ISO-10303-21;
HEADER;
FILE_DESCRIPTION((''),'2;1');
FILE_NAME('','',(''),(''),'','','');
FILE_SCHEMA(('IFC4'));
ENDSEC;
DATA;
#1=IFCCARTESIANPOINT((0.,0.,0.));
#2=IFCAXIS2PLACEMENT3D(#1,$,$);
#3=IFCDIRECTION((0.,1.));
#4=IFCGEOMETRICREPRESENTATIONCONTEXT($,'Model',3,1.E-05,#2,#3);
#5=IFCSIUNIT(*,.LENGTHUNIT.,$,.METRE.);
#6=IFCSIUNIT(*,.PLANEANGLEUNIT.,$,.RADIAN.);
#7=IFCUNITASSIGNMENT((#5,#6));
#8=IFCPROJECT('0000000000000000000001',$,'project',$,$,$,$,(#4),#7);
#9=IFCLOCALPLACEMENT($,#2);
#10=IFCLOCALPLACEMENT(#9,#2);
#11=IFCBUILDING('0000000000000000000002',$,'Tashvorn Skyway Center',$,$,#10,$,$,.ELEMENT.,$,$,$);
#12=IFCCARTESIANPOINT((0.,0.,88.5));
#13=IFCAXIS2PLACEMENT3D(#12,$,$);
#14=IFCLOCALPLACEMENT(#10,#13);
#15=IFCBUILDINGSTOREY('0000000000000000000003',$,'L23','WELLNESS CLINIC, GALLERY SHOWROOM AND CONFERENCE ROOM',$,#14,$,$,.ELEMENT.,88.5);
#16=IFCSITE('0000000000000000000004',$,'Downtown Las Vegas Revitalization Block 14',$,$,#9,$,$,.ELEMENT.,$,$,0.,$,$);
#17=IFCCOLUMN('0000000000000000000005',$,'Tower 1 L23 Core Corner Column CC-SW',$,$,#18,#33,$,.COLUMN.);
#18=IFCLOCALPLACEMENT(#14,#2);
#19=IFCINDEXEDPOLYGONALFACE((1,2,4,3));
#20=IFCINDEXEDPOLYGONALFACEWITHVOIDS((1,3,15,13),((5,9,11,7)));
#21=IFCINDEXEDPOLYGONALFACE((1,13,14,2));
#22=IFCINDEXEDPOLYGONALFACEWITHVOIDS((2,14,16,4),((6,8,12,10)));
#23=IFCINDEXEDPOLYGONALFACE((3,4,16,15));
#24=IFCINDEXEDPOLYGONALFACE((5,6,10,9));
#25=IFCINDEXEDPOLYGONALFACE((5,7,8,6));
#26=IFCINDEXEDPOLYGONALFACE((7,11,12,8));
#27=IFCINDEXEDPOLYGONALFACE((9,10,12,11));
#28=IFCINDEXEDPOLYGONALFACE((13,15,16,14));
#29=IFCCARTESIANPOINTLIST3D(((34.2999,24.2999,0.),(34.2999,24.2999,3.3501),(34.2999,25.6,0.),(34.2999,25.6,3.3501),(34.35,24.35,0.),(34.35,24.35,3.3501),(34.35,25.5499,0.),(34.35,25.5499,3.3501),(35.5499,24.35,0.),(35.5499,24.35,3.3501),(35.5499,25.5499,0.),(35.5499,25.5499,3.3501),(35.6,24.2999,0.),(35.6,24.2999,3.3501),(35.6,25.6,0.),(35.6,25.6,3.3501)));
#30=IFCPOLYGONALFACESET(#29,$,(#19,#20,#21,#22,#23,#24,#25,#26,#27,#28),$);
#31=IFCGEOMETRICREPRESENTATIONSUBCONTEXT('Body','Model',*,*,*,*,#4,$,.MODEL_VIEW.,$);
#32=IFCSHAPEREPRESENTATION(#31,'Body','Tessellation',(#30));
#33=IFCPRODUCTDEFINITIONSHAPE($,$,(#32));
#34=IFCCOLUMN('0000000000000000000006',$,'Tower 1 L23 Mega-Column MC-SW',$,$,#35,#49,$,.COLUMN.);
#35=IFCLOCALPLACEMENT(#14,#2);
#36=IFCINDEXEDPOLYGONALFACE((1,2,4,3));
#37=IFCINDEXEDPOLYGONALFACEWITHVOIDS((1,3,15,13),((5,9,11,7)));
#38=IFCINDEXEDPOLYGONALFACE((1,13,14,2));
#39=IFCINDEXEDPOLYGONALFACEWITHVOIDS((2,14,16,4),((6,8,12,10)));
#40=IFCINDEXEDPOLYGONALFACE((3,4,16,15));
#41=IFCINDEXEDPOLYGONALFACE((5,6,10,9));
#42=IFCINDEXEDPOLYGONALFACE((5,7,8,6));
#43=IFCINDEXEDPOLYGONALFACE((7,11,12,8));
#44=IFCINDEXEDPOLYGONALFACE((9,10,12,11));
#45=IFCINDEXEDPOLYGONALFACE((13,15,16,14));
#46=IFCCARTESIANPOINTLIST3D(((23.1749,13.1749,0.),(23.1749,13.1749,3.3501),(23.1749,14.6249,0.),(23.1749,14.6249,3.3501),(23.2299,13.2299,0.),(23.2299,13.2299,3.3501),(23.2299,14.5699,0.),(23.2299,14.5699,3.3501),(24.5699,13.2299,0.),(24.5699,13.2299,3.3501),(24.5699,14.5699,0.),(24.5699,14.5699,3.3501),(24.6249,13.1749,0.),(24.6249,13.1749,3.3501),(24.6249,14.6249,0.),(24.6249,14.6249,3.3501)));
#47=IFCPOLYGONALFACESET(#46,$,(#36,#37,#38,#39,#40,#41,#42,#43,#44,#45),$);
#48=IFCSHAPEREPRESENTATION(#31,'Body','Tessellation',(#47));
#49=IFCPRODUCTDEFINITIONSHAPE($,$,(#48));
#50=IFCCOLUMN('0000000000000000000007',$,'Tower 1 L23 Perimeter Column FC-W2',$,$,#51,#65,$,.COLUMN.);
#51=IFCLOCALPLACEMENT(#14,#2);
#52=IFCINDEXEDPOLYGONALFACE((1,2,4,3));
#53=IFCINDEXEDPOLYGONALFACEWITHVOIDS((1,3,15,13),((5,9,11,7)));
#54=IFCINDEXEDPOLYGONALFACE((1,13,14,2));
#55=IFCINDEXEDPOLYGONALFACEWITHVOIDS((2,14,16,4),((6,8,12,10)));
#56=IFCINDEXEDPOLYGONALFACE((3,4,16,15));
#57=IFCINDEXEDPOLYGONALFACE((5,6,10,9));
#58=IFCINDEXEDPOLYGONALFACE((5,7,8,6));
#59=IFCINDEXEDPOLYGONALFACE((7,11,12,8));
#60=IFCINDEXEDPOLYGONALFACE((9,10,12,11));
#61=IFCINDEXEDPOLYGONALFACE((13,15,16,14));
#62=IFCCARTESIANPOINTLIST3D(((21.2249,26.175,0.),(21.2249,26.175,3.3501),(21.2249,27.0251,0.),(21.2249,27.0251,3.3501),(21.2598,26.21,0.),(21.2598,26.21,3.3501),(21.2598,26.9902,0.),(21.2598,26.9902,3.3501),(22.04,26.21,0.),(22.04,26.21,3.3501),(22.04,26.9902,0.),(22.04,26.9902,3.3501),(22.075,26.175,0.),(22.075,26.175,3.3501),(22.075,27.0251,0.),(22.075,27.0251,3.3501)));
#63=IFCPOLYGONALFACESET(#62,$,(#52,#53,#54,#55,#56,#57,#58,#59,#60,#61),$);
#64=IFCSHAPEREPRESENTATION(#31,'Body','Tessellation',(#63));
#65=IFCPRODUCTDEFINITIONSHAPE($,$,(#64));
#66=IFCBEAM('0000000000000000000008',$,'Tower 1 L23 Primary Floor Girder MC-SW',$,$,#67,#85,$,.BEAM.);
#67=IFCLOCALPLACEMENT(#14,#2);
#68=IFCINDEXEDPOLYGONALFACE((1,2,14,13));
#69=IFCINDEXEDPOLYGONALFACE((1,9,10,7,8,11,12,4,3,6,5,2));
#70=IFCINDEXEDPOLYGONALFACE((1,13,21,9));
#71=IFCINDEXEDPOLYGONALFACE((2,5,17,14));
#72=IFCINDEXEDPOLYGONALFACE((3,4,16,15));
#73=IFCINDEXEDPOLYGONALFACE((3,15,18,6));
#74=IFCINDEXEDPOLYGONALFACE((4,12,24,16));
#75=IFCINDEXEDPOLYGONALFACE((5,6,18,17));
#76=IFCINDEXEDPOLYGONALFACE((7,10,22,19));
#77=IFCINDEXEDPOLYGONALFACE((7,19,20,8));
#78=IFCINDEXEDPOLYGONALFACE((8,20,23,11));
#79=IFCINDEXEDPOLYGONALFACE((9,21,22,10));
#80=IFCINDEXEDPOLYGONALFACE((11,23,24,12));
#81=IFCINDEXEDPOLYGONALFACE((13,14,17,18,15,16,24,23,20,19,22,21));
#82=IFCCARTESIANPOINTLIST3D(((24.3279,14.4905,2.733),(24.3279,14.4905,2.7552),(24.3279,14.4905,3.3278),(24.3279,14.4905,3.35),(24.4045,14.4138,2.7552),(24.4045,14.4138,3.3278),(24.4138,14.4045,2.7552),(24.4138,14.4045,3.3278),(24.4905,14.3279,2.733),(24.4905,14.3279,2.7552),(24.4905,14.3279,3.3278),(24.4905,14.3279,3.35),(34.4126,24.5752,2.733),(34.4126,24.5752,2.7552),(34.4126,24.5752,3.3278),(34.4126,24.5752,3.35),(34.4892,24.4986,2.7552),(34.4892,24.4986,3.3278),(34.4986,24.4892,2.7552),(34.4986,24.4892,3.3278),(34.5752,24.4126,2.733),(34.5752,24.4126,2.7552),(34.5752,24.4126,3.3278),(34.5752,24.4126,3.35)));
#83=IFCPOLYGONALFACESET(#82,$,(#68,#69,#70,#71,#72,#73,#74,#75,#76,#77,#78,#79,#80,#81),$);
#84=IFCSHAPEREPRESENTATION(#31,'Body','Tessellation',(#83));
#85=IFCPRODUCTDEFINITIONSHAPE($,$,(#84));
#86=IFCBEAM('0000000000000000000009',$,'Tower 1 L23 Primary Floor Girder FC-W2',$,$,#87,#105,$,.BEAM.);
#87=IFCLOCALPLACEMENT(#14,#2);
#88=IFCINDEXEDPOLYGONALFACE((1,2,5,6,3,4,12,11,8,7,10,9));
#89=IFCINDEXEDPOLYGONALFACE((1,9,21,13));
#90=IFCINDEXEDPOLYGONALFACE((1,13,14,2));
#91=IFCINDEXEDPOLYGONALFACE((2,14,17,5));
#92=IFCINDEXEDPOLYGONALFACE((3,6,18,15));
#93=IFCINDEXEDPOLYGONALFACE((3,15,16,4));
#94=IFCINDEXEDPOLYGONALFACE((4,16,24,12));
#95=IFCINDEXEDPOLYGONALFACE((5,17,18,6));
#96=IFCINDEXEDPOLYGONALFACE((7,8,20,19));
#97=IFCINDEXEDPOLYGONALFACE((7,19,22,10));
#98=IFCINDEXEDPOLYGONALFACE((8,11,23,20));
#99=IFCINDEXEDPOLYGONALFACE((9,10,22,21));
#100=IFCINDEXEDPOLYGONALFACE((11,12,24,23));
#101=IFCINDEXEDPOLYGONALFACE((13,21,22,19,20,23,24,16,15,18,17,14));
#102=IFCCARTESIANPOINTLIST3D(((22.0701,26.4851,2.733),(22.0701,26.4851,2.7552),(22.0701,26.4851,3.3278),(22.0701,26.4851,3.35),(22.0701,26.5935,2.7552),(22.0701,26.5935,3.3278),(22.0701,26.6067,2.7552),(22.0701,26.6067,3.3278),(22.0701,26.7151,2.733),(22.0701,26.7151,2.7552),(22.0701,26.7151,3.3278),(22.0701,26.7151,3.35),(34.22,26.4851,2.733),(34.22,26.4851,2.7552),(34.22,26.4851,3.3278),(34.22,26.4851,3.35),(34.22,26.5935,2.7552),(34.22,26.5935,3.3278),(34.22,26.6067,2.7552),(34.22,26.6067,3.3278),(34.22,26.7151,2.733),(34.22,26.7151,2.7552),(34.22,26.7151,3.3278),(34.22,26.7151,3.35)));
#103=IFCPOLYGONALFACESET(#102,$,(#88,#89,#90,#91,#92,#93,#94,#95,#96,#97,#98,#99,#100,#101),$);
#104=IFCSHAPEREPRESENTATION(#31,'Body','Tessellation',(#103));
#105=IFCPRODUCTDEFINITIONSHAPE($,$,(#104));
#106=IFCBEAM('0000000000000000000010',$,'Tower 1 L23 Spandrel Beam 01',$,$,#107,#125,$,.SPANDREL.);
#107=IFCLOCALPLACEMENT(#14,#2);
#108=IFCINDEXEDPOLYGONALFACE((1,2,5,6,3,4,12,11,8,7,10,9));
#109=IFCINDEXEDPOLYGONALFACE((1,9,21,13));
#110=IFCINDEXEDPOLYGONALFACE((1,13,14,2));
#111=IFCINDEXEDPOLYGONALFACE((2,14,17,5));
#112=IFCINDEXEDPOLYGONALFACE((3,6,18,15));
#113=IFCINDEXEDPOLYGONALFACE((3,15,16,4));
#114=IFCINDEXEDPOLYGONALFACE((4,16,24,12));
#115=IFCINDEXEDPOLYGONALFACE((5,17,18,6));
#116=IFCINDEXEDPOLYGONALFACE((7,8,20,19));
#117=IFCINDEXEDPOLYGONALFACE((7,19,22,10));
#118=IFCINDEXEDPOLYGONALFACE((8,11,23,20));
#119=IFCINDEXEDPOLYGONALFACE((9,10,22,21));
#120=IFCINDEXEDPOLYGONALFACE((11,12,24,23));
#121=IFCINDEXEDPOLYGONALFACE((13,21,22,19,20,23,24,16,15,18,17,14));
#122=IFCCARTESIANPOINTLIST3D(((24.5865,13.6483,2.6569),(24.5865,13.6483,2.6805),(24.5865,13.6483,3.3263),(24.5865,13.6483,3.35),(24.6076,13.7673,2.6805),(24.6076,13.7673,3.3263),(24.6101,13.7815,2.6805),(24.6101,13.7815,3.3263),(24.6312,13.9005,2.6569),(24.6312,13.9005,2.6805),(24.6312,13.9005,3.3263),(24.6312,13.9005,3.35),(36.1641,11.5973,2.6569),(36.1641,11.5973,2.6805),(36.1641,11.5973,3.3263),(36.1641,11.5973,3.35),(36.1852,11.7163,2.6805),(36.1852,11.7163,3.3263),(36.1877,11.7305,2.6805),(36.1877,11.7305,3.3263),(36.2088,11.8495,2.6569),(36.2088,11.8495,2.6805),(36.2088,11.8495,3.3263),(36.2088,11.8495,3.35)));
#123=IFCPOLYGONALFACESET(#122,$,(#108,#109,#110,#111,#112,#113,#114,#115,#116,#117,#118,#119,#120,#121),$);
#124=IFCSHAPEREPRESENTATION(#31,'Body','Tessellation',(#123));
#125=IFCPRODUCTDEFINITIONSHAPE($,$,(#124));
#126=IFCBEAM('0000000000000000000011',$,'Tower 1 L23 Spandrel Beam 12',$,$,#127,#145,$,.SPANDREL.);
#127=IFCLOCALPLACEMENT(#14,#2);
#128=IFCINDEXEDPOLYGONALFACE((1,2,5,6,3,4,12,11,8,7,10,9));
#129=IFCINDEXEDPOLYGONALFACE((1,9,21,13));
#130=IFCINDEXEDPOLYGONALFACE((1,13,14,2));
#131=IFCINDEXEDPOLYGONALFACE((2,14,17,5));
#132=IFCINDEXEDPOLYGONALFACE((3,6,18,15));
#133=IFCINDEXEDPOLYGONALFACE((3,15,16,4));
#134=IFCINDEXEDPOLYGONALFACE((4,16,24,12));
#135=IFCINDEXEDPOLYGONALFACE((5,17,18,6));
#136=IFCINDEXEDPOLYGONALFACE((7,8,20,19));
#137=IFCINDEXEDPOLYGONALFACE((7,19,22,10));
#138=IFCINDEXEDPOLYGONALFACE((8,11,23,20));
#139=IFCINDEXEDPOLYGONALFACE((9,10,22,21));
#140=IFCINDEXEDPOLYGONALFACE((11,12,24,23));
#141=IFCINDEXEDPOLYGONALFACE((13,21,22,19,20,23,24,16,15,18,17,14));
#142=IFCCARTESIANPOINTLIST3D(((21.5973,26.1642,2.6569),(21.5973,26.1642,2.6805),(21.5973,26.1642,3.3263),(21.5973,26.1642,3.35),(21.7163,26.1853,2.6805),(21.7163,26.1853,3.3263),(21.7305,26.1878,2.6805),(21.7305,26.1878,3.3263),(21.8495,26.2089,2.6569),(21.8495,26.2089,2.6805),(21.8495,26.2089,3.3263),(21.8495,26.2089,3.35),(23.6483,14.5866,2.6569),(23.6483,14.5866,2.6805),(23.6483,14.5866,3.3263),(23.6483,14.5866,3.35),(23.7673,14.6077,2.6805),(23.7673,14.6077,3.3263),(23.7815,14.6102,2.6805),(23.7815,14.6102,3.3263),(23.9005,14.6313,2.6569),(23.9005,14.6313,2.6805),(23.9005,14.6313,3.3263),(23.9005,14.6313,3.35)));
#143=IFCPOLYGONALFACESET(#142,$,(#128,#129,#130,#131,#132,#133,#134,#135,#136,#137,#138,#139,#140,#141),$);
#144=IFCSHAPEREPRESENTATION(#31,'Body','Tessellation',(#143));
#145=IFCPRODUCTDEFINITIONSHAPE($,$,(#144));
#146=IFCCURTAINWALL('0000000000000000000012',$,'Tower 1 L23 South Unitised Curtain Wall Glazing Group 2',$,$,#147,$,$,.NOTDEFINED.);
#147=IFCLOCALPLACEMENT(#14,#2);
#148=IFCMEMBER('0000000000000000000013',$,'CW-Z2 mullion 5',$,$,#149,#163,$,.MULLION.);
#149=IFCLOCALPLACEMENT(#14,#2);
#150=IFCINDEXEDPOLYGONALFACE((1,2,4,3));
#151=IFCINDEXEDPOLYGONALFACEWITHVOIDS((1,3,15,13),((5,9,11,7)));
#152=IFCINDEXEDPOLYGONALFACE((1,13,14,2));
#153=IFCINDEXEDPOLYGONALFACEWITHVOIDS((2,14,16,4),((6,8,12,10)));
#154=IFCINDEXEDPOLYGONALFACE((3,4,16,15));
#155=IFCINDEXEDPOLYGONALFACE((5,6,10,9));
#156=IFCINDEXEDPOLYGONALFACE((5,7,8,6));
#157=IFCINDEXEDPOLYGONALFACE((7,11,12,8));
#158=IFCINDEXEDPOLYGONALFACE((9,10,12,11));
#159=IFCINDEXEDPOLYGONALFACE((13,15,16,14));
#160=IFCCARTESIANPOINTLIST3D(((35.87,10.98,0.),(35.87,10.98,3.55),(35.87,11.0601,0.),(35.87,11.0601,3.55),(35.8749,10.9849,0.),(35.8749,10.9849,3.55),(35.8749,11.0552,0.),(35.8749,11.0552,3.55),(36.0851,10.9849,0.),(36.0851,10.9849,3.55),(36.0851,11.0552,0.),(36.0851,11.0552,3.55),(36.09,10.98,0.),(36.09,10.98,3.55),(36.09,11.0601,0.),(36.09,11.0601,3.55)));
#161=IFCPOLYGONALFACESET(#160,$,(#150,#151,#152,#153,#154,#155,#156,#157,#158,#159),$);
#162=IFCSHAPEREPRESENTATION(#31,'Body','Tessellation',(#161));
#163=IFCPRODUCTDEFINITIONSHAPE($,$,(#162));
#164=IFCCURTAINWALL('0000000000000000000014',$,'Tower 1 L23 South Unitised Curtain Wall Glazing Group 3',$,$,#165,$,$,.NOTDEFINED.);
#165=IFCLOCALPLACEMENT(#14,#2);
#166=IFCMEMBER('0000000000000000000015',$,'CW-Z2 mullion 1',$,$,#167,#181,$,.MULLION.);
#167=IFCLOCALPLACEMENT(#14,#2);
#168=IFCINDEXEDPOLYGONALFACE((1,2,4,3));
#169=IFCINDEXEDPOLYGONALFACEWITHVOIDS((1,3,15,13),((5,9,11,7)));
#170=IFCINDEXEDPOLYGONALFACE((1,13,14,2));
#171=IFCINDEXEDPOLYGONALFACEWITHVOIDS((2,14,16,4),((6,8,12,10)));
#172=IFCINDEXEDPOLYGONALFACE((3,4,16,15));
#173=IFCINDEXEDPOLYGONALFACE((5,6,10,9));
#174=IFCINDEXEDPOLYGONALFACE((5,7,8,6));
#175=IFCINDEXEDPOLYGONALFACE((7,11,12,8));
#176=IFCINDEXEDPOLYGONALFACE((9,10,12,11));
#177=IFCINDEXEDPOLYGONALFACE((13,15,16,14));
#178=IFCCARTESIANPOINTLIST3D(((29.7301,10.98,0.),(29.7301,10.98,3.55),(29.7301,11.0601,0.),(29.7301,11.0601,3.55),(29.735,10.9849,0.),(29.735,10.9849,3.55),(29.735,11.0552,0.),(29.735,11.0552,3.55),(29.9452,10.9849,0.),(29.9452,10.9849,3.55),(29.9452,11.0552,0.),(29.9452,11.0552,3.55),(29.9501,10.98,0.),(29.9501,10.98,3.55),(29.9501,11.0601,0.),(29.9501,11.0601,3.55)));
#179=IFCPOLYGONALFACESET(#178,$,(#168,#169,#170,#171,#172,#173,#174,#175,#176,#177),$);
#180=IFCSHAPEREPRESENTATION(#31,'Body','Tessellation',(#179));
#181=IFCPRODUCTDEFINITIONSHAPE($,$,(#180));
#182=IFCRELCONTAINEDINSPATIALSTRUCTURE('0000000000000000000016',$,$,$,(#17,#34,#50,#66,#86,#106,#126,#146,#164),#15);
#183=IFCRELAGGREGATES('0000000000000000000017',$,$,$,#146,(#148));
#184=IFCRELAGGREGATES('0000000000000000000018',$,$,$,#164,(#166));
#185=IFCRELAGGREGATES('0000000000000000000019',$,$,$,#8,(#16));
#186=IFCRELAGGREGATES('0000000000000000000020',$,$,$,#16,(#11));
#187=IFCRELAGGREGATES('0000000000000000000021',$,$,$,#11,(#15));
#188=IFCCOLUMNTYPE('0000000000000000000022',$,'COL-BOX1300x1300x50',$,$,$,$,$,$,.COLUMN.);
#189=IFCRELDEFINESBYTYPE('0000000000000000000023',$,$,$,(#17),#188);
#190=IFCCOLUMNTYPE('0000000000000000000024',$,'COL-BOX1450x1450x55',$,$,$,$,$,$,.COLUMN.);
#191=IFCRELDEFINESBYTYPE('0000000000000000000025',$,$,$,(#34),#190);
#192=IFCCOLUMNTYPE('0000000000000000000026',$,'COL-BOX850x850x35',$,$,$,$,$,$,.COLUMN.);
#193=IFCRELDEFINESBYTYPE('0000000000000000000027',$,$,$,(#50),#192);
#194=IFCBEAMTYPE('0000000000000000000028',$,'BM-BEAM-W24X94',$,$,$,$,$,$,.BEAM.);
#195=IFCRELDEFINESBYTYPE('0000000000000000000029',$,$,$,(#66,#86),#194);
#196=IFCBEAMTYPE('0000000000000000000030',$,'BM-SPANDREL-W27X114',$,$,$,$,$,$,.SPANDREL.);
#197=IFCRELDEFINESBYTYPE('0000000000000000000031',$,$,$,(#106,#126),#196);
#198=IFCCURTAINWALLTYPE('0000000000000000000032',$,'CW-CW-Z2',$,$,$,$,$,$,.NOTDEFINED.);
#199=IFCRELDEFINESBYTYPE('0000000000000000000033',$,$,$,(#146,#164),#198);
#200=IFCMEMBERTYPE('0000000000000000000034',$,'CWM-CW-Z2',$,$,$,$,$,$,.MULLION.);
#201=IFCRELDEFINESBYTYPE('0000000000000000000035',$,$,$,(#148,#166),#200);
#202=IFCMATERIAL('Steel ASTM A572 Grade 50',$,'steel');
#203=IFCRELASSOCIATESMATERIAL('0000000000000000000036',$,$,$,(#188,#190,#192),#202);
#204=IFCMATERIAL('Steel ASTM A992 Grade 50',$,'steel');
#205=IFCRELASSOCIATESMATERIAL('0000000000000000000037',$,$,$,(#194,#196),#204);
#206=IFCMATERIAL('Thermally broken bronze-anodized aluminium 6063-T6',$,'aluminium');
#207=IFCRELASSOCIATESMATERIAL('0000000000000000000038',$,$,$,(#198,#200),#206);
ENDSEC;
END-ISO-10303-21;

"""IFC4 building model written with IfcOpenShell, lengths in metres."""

from ifc_helpers import new_model, si_unit, direction, frame, origin, origin_2d, place, context, subcontext, project, spatial, hollow_rectangle, i_section, extrude, material, material_profile, profile_set, type_object, element, aggregate, save


model = new_model("IFC4")

# Units and contexts
model_context = context("Model", 3, precision=1e-05, world=origin(), true_north=direction((0.0, 1.0)))
body_context = subcontext(model_context, "Body", "Model", "MODEL_VIEW")
ifc_project = project(units=[si_unit("LENGTHUNIT", "METRE"), si_unit("PLANEANGLEUNIT", "RADIAN")], contexts=[model_context])

# Site, building, storey
site_placement = place(None, origin())
site = spatial("IfcSite", under=ifc_project, at=site_placement, Name="Downtown Las Vegas Revitalization Block 14", CompositionType="ELEMENT", RefElevation=0.0)
building_placement = place(site_placement, origin())
building = spatial("IfcBuilding", under=site, at=building_placement, Name="Tashvorn Skyway Center", CompositionType="ELEMENT")
storey_placement = place(building_placement, frame((0.0, 0.0, 88.5)))
storey = spatial("IfcBuildingStorey", under=building, at=storey_placement, Name="L23", Description="WELLNESS CLINIC, GALLERY SHOWROOM AND CONFERENCE ROOM", CompositionType="ELEMENT", Elevation=88.5)

# Columns
ifc_material_1 = material(Name="Steel ASTM A572 Grade 50", Category="steel")
ifc_material_profile_1 = material_profile(ifc_material_1, hollow_rectangle(XDim=1.3, YDim=1.3, WallThickness=0.05, at=origin_2d()), Name="BOX1300x1300x50")
ifc_profile_set_1 = profile_set([ifc_material_profile_1], Name="Steel ASTM A572 Grade 50")
column_type_1 = type_object("IfcColumnType", Name="COL-BOX1300x1300x50", PredefinedType="COLUMN", material=ifc_profile_set_1)
column_1_placement = place(storey_placement, frame((34.95, 24.95, 0.0), z_axis=(0.0, 0.0, 1.0), x_axis=(1.0, 0.0, 0.0)))
element("IfcColumn", 1, at=column_1_placement, inside=storey, type_object=column_type_1, Name="Tower 1 L23 Core Corner Column CC-SW", PredefinedType="COLUMN", context=body_context, shape_type="SweptSolid", body=[
    extrude(hollow_rectangle(XDim=1.3, YDim=1.3, WallThickness=0.05, at=origin_2d()), origin(), (0.0, 0.0, 1.0), 3.3501),
])
ifc_material_profile_2 = material_profile(ifc_material_1, hollow_rectangle(XDim=1.45, YDim=1.45, WallThickness=0.0549, at=origin_2d()), Name="BOX1450x1450x55")
ifc_profile_set_2 = profile_set([ifc_material_profile_2], Name="Steel ASTM A572 Grade 50")
column_type_2 = type_object("IfcColumnType", Name="COL-BOX1450x1450x55", PredefinedType="COLUMN", material=ifc_profile_set_2)
column_2_placement = place(storey_placement, frame((23.8999, 13.8999, 0.0), z_axis=(0.0, 0.0, 1.0), x_axis=(1.0, 0.0, 0.0)))
element("IfcColumn", 2, at=column_2_placement, inside=storey, type_object=column_type_2, Name="Tower 1 L23 Mega-Column MC-SW", PredefinedType="COLUMN", context=body_context, shape_type="SweptSolid", body=[
    extrude(hollow_rectangle(XDim=1.45, YDim=1.45, WallThickness=0.0549, at=origin_2d()), origin(), (0.0, 0.0, 1.0), 3.3501),
])
ifc_material_profile_3 = material_profile(ifc_material_1, hollow_rectangle(XDim=0.8501, YDim=0.8501, WallThickness=0.0349, at=origin_2d()), Name="BOX850x850x35")
ifc_profile_set_3 = profile_set([ifc_material_profile_3], Name="Steel ASTM A572 Grade 50")
column_type_3 = type_object("IfcColumnType", Name="COL-BOX850x850x35", PredefinedType="COLUMN", material=ifc_profile_set_3)
column_3_placement = place(storey_placement, frame((21.6499, 26.6001, 0.0), z_axis=(0.0, 0.0, 1.0), x_axis=(1.0, 0.0, 0.0)))
element("IfcColumn", 3, at=column_3_placement, inside=storey, type_object=column_type_3, Name="Tower 1 L23 Perimeter Column FC-W2", PredefinedType="COLUMN", context=body_context, shape_type="SweptSolid", body=[
    extrude(hollow_rectangle(XDim=0.8501, YDim=0.8501, WallThickness=0.0349, at=origin_2d()), origin(), (0.0, 0.0, 1.0), 3.3501),
])

# Beams
ifc_material_2 = material(Name="Steel ASTM A992 Grade 50", Category="steel")
ifc_material_profile_4 = material_profile(ifc_material_2, i_section(OverallWidth=0.23, OverallDepth=0.6169, WebThickness=0.0132, FlangeThickness=0.0222, at=origin_2d()), Name="W24X94")
ifc_profile_set_4 = profile_set([ifc_material_profile_4], Name="Steel ASTM A992 Grade 50")
beam_type_1 = type_object("IfcBeamType", Name="BM-BEAM-W24X94", PredefinedType="BEAM", material=ifc_profile_set_4)
beam_1_placement = place(storey_placement, frame((24.4092, 14.4092, 3.0415), z_axis=(0.707107, 0.707107, 0.0), x_axis=(-0.707107, 0.707107, 0.0)))
element("IfcBeam", 4, at=beam_1_placement, inside=storey, type_object=beam_type_1, Name="Tower 1 L23 Primary Floor Girder MC-SW", PredefinedType="BEAM", context=body_context, shape_type="SweptSolid", body=[
    extrude(i_section(OverallWidth=0.23, OverallDepth=0.6169, WebThickness=0.0132, FlangeThickness=0.0222, at=origin_2d()), origin(), (0.0, 0.0, 1.0), 14.262),
])
beam_2_placement = place(storey_placement, frame((22.0701, 26.6001, 3.0415), z_axis=(1.0, 0.0, 0.0), x_axis=(0.0, 1.0, 0.0)))
element("IfcBeam", 5, at=beam_2_placement, inside=storey, type_object=beam_type_1, Name="Tower 1 L23 Primary Floor Girder FC-W2", PredefinedType="BEAM", context=body_context, shape_type="SweptSolid", body=[
    extrude(i_section(OverallWidth=0.23, OverallDepth=0.6169, WebThickness=0.0132, FlangeThickness=0.0222, at=origin_2d()), origin(), (0.0, 0.0, 1.0), 12.1499),
])
ifc_material_profile_5 = material_profile(ifc_material_2, i_section(OverallWidth=0.2561, OverallDepth=0.6931, WebThickness=0.0144, FlangeThickness=0.0237, at=origin_2d()), Name="W27X114")
ifc_profile_set_5 = profile_set([ifc_material_profile_5], Name="Steel ASTM A992 Grade 50")
beam_type_2 = type_object("IfcBeamType", Name="BM-SPANDREL-W27X114", PredefinedType="SPANDREL", material=ifc_profile_set_5)
for number, where, z_axis, x_axis, name in (
    (6, (24.6089, 13.7744, 3.0034), (0.984668, -0.174438, 0.0), (0.174438, 0.984668, 0.0), "Tower 1 L23 Spandrel Beam 01"),
    (7, (21.7234, 26.1865, 3.0034), (0.174438, -0.984668, 0.0), (0.984668, 0.174438, 0.0), "Tower 1 L23 Spandrel Beam 12"),
):
    element("IfcBeam", number, at=place(storey_placement, frame(where, z_axis=z_axis, x_axis=x_axis)), inside=storey, type_object=beam_type_2, Name=name, PredefinedType="SPANDREL", context=body_context, shape_type="SweptSolid", body=[
        extrude(i_section(OverallWidth=0.2561, OverallDepth=0.6931, WebThickness=0.0144, FlangeThickness=0.0237, at=origin_2d()), origin(), (0.0, 0.0, 1.0), 11.7578),
    ])

# Curtain wall, member
ifc_material_3 = material(Name="Thermally broken bronze-anodized aluminium 6063-T6", Category="aluminium")
curtain_wall_type = type_object("IfcCurtainWallType", Name="CW-CW-Z2", PredefinedType="NOTDEFINED", material=ifc_material_3)
curtain_wall_1_placement = place(storey_placement, origin())
curtain_wall_1 = element("IfcCurtainWall", 8, at=curtain_wall_1_placement, inside=storey, type_object=curtain_wall_type, Name="Tower 1 L23 South Unitised Curtain Wall Glazing Group 2", PredefinedType="NOTDEFINED")
ifc_material_profile_6 = material_profile(ifc_material_3, hollow_rectangle(XDim=0.0801, YDim=0.22, WallThickness=0.0049, at=origin_2d()), Name="ALU-MULL-80x220")
ifc_profile_set_6 = profile_set([ifc_material_profile_6], Name="Thermally broken bronze-anodized aluminium 6063-T6")
member_type_1 = type_object("IfcMemberType", Name="CWM-CW-Z2", PredefinedType="MULLION", material=ifc_profile_set_6)
member_1_placement = place(storey_placement, frame((35.98, 11.02, 0.0), z_axis=(0.0, 0.0, 1.0), x_axis=(0.0, -1.0, 0.0)))
member_1 = element("IfcMember", 9, at=member_1_placement, type_object=member_type_1, Name="CW-Z2 mullion 5", PredefinedType="MULLION", context=body_context, shape_type="SweptSolid", body=[
    extrude(hollow_rectangle(XDim=0.0801, YDim=0.22, WallThickness=0.0049, at=origin_2d()), origin(), (0.0, 0.0, 1.0), 3.55),
])
aggregate(curtain_wall_1, [member_1])

# Curtain wall, member
curtain_wall_2_placement = place(storey_placement, origin())
curtain_wall_2 = element("IfcCurtainWall", 10, at=curtain_wall_2_placement, inside=storey, type_object=curtain_wall_type, Name="Tower 1 L23 South Unitised Curtain Wall Glazing Group 3", PredefinedType="NOTDEFINED")
member_2_placement = place(storey_placement, frame((29.8401, 11.02, 0.0), z_axis=(0.0, 0.0, 1.0), x_axis=(0.0, -1.0, 0.0)))
member_2 = element("IfcMember", 11, at=member_2_placement, type_object=member_type_1, Name="CW-Z2 mullion 1", PredefinedType="MULLION", context=body_context, shape_type="SweptSolid", body=[
    extrude(hollow_rectangle(XDim=0.0801, YDim=0.22, WallThickness=0.0049, at=origin_2d()), origin(), (0.0, 0.0, 1.0), 3.55),
])

aggregate(curtain_wall_2, [member_2])

save(model, "model.ifc")
